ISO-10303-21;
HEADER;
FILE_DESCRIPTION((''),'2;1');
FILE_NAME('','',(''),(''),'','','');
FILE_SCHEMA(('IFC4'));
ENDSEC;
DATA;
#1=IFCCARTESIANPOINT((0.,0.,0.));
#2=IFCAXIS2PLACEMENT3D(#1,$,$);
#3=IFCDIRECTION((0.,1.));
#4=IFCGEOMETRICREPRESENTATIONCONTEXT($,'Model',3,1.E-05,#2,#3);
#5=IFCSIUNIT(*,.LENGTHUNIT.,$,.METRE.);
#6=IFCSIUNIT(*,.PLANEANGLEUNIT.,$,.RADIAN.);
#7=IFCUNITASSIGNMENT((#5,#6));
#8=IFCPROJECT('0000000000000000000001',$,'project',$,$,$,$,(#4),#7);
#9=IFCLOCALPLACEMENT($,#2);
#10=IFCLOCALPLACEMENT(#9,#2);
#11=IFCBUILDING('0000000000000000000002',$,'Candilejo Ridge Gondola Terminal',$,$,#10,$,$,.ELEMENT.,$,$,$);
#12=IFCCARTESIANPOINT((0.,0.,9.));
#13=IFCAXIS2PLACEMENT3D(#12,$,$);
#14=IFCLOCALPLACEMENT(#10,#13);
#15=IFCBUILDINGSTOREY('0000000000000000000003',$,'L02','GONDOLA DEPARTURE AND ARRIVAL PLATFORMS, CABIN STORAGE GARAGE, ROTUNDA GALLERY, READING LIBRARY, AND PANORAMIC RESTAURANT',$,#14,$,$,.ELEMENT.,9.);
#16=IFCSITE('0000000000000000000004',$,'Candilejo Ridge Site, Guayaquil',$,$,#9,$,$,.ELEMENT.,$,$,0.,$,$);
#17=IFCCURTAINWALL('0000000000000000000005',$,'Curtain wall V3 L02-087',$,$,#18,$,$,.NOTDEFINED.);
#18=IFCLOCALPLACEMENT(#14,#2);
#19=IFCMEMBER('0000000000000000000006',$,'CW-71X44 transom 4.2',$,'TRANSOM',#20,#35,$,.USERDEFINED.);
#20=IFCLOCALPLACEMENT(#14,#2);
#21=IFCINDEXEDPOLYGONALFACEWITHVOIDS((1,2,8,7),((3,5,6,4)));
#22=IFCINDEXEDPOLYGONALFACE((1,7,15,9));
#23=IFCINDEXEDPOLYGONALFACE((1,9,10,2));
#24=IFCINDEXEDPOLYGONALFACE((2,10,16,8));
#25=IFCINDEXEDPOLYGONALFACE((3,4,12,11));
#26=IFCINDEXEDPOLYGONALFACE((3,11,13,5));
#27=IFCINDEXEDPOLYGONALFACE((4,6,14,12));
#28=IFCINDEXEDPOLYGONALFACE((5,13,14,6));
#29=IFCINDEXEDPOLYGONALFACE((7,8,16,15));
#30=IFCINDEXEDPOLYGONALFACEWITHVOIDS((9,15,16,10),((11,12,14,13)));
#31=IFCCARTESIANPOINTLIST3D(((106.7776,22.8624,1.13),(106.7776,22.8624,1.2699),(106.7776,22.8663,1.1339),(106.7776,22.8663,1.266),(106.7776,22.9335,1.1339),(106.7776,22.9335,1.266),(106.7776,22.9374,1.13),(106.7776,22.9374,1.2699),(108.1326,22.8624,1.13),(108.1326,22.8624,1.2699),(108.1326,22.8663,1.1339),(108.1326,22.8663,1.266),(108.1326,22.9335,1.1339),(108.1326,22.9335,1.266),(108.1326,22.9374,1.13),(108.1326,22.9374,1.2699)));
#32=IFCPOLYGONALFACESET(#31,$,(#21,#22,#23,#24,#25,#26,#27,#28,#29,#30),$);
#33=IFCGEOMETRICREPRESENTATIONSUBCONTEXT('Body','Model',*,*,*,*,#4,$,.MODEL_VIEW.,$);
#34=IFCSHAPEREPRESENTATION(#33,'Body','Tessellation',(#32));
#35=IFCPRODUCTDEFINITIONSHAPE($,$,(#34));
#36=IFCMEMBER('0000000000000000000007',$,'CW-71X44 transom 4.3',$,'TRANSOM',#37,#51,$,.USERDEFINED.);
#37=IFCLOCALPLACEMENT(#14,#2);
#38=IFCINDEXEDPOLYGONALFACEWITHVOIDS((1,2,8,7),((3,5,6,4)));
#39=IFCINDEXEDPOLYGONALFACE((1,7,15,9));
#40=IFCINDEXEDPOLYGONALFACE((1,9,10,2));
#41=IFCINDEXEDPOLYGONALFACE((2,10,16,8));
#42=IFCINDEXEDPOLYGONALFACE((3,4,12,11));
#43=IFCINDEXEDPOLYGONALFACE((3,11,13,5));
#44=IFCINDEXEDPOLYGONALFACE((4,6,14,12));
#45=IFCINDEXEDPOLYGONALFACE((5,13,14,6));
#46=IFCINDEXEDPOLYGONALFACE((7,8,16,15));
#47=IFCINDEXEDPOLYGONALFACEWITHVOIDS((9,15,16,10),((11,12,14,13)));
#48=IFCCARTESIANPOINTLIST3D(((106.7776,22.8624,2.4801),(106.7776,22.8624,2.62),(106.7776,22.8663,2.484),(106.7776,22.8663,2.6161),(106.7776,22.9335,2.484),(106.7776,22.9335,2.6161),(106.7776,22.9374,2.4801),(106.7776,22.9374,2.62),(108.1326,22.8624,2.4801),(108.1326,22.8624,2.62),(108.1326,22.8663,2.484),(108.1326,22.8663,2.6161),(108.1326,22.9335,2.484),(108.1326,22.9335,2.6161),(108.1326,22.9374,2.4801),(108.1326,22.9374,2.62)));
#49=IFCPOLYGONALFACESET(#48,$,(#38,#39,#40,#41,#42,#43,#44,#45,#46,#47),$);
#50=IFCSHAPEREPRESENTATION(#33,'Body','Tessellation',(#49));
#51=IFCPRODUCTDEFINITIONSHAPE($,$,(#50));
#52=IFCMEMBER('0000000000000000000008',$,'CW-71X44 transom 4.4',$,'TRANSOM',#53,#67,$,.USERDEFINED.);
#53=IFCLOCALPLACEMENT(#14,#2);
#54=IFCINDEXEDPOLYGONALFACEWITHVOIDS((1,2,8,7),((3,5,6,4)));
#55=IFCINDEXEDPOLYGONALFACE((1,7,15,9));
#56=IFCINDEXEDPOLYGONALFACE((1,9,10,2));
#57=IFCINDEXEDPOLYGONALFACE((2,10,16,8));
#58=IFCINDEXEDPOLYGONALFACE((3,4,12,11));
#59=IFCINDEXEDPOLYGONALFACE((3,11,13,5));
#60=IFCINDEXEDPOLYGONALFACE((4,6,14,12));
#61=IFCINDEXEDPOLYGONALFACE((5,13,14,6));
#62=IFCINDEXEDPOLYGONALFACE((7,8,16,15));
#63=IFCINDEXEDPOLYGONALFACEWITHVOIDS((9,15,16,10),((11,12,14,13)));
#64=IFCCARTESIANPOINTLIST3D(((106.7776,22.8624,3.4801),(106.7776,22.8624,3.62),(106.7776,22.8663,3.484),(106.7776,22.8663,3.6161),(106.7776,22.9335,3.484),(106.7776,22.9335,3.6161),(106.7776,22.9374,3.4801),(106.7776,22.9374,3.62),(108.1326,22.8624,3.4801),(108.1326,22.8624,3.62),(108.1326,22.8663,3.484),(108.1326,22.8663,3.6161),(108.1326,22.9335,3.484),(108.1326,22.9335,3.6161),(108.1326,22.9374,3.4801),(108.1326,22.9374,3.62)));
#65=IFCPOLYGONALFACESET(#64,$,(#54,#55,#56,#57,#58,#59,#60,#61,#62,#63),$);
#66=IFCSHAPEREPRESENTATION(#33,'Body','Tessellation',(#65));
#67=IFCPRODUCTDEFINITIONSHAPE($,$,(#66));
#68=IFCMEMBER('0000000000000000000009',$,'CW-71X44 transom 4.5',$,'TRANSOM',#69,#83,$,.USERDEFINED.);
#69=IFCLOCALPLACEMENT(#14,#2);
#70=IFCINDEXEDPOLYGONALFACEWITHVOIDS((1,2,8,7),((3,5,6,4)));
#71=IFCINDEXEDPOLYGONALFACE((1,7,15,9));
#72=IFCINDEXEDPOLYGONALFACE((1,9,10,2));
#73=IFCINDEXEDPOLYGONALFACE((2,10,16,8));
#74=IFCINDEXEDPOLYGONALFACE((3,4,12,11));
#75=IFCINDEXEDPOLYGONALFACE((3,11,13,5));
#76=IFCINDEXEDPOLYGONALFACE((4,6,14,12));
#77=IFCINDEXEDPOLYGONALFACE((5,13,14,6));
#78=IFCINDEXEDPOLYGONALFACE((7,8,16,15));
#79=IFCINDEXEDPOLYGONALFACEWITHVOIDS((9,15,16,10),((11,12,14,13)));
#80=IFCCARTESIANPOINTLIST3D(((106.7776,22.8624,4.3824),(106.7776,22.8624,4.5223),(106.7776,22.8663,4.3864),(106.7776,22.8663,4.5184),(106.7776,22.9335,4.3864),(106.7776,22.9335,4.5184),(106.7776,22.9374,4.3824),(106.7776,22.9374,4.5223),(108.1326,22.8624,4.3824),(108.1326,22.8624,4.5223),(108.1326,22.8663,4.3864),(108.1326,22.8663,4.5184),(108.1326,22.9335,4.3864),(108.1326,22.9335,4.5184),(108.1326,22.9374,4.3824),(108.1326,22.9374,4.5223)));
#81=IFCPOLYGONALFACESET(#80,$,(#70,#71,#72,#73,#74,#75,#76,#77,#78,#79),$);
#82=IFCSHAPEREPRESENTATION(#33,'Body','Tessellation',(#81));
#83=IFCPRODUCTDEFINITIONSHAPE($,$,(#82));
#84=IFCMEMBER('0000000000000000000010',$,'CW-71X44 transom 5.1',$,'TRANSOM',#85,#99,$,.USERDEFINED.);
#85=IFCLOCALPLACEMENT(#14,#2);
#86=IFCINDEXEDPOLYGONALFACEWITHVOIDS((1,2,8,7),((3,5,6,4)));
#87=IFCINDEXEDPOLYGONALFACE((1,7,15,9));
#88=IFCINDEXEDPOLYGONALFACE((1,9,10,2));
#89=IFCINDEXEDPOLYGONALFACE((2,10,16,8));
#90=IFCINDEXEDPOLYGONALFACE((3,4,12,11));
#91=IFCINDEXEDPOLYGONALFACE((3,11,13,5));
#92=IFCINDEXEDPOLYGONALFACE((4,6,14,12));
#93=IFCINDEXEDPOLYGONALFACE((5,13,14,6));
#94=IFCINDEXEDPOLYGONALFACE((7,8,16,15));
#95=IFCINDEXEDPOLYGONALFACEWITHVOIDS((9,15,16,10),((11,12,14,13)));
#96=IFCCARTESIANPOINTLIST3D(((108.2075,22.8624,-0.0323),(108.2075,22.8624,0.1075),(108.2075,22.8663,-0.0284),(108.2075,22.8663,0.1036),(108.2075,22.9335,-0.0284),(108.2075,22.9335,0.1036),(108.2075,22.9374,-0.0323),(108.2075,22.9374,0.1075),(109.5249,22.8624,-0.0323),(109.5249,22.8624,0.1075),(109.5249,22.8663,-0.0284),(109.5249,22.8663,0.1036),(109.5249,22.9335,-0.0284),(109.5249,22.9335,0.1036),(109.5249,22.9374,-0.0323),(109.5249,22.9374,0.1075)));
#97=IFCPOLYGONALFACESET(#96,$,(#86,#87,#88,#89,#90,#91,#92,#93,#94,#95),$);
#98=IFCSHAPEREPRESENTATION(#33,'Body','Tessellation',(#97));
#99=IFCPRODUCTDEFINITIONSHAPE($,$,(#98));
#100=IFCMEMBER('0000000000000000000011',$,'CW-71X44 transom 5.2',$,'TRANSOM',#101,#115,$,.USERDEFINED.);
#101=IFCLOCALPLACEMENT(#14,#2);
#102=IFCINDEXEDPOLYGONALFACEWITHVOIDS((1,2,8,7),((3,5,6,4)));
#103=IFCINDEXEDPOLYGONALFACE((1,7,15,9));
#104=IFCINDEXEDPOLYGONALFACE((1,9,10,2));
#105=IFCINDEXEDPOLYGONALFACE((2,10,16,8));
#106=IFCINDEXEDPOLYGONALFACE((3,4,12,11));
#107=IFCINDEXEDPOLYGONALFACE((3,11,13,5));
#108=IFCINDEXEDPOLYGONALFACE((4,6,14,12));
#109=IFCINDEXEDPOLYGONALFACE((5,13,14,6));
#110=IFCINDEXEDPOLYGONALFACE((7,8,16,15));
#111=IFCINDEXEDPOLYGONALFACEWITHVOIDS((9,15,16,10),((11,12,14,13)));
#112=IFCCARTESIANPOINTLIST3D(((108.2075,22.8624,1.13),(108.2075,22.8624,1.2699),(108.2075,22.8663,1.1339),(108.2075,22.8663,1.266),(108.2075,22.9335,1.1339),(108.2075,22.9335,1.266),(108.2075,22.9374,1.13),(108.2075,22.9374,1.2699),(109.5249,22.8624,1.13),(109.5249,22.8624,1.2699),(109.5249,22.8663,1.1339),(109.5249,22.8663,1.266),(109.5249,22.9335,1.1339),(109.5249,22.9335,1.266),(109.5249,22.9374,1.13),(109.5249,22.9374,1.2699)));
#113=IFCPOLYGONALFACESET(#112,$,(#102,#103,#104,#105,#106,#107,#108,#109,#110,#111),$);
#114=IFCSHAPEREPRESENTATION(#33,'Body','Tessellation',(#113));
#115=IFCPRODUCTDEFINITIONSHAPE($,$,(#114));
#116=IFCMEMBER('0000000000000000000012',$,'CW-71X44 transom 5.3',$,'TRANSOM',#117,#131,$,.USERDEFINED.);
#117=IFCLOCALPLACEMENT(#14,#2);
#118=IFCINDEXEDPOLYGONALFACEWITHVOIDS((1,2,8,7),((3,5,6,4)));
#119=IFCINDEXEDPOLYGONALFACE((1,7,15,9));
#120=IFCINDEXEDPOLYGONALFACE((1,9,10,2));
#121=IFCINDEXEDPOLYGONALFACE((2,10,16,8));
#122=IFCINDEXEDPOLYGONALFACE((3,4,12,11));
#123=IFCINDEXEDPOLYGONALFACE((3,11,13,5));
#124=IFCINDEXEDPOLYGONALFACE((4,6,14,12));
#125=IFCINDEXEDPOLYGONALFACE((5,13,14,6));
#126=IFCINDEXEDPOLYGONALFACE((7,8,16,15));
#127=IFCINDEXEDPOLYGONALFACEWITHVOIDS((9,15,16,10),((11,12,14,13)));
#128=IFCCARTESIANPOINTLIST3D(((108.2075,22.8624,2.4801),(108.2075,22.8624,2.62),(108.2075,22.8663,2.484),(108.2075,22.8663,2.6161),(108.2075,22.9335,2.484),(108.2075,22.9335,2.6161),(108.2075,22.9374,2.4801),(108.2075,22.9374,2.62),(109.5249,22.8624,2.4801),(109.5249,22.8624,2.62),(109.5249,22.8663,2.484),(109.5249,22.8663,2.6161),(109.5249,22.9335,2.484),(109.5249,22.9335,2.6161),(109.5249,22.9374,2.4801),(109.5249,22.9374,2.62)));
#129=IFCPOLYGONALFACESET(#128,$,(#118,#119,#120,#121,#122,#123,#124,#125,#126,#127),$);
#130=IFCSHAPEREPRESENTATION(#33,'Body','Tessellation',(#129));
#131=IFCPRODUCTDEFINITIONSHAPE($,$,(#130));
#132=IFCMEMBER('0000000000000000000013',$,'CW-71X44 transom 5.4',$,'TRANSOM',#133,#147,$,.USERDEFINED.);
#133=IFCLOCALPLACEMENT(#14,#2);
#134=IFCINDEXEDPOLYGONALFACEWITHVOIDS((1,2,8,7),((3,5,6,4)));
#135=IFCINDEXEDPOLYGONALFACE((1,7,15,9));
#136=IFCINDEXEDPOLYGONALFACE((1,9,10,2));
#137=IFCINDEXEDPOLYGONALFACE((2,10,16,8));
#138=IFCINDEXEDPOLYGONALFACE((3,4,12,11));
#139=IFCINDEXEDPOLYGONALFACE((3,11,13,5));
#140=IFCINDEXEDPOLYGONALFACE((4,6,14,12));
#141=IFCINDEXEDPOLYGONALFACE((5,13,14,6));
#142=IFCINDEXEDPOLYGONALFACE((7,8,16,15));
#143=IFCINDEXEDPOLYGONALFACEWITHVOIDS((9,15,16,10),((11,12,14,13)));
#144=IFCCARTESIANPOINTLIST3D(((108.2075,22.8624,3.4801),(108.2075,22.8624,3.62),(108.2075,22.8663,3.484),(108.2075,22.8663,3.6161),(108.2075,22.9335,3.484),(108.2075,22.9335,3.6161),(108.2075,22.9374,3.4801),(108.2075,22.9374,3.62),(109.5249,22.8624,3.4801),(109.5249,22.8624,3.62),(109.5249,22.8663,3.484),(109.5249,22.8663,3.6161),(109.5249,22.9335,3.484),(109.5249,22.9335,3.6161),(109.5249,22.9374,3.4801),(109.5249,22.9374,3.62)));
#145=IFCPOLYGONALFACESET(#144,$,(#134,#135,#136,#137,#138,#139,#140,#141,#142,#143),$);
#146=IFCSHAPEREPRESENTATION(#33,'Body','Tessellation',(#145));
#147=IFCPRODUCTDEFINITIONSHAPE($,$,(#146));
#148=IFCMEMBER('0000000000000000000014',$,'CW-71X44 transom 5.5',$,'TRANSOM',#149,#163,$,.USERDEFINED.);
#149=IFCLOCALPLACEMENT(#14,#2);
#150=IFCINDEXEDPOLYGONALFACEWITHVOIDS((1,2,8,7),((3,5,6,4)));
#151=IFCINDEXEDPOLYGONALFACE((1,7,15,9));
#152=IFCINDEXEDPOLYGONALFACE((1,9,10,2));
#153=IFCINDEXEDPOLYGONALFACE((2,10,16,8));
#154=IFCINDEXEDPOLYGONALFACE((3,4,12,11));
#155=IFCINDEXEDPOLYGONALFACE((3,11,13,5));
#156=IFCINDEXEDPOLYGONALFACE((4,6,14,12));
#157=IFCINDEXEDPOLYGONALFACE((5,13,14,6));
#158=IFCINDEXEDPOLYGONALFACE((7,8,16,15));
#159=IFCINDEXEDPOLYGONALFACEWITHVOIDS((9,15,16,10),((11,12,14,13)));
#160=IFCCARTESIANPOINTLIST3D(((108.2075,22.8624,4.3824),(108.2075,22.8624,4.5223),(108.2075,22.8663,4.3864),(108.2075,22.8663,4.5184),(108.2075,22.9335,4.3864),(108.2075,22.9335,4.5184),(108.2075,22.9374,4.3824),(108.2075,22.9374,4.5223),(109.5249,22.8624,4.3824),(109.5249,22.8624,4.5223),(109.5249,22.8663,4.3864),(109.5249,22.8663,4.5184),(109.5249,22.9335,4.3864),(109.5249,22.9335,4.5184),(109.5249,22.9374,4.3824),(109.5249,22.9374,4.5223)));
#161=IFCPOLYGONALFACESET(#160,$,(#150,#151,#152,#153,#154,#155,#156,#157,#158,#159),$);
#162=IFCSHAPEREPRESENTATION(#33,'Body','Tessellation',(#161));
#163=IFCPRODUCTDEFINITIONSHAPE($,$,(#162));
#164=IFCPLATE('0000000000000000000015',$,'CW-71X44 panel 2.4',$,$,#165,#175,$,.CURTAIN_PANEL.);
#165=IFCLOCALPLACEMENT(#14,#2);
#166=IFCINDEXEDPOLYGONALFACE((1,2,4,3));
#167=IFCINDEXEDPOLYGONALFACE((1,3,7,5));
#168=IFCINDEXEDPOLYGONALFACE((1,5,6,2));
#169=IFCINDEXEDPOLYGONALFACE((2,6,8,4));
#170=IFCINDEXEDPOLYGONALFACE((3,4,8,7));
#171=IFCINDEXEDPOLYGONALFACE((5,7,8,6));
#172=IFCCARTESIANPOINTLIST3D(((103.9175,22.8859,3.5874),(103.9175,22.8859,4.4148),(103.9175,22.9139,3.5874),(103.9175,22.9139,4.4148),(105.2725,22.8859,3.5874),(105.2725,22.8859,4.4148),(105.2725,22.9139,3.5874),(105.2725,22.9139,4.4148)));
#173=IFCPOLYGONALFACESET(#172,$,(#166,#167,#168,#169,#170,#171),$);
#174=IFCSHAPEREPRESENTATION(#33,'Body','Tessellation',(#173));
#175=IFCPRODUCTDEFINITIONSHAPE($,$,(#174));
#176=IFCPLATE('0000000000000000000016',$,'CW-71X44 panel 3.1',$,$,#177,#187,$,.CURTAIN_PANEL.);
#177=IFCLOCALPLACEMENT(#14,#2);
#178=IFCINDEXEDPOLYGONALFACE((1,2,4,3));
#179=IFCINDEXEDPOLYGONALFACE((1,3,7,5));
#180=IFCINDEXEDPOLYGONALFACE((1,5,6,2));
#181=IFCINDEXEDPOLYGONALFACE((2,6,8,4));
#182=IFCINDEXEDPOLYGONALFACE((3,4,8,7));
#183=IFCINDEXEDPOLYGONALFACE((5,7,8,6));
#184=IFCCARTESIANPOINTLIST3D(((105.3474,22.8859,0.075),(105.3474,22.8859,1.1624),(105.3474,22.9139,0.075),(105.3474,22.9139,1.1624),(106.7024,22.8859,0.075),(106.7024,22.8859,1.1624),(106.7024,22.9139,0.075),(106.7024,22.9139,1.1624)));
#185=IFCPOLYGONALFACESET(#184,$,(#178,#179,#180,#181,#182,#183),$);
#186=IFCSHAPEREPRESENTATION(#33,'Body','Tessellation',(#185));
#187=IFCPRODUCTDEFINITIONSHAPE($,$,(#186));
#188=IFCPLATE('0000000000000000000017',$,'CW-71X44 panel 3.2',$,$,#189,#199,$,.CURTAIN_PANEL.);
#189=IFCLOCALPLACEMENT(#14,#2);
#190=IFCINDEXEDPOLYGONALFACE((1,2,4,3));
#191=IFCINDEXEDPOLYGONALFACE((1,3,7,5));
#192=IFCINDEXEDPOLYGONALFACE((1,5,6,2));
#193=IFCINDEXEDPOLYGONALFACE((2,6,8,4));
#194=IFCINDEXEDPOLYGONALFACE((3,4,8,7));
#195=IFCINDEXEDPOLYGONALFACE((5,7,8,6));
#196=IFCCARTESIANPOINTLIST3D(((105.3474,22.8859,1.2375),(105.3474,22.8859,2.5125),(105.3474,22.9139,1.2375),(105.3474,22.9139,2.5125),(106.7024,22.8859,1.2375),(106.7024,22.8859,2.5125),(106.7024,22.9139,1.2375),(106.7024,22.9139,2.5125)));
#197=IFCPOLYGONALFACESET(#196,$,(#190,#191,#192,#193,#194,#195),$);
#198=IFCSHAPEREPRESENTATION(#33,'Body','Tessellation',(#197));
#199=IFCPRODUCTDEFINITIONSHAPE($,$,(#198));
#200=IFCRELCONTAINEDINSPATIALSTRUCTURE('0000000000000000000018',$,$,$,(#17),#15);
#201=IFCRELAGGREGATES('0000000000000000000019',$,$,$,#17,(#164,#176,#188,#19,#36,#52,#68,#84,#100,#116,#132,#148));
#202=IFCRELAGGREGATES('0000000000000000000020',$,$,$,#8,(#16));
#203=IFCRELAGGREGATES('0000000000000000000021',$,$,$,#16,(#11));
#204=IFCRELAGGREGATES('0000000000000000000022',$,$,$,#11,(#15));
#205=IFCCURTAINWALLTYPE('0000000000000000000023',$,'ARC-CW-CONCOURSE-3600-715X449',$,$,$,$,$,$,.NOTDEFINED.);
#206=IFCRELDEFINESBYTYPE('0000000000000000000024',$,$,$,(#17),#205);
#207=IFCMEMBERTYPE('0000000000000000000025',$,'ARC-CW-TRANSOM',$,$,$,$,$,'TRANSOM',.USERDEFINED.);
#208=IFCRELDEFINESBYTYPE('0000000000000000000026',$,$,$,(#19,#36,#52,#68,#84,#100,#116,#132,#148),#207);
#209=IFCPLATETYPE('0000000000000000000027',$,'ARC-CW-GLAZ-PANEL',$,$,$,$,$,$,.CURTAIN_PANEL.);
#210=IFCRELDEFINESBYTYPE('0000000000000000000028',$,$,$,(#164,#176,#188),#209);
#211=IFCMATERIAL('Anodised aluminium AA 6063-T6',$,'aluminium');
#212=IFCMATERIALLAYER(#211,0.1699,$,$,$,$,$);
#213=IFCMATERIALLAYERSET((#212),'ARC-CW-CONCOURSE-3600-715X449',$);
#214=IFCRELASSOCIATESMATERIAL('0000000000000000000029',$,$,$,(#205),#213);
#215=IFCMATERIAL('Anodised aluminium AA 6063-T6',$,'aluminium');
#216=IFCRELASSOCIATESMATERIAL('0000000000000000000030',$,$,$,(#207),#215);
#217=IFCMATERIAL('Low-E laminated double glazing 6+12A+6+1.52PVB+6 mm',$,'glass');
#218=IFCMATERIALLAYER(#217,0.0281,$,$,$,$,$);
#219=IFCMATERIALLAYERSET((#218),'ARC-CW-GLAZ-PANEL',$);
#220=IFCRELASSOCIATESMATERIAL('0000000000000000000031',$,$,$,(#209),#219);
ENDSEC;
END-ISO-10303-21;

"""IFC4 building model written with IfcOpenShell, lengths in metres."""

from ifc_helpers import new_model, si_unit, direction, frame, origin, origin_2d, place, context, subcontext, project, spatial, rectangle, hollow_rectangle, extrude, material, layer, layer_set, material_profile, profile_set, type_object, element, aggregate, save


model = new_model("IFC4")

# Units and contexts
model_context = context("Model", 3, precision=1e-05, world=origin(), true_north=direction((0.0, 1.0)))
body_context = subcontext(model_context, "Body", "Model", "MODEL_VIEW")
ifc_project = project(units=[si_unit("LENGTHUNIT", "METRE"), si_unit("PLANEANGLEUNIT", "RADIAN")], contexts=[model_context])

# Site, building, storey
site_placement = place(None, origin())
site = spatial("IfcSite", under=ifc_project, at=site_placement, Name="Candilejo Ridge Site, Guayaquil", CompositionType="ELEMENT", RefElevation=0.0)
building_placement = place(site_placement, origin())
building = spatial("IfcBuilding", under=site, at=building_placement, Name="Candilejo Ridge Gondola Terminal", CompositionType="ELEMENT")
storey_placement = place(building_placement, frame((0.0, 0.0, 9.0)))
storey = spatial("IfcBuildingStorey", under=building, at=storey_placement, Name="L02", Description="GONDOLA DEPARTURE AND ARRIVAL PLATFORMS, CABIN STORAGE GARAGE, ROTUNDA GALLERY, READING LIBRARY, AND PANORAMIC RESTAURANT", CompositionType="ELEMENT", Elevation=9.0)

# Curtain wall, members, plates
ifc_material_1 = material(Name="Anodised aluminium AA 6063-T6", Category="aluminium")
ifc_layer_1 = layer(ifc_material_1, 0.1699)
ifc_layer_set_1 = layer_set([ifc_layer_1], Name="ARC-CW-CONCOURSE-3600-715X449")
curtain_wall_type = type_object("IfcCurtainWallType", Name="ARC-CW-CONCOURSE-3600-715X449", PredefinedType="NOTDEFINED", material=ifc_layer_set_1)
curtain_wall_placement = place(storey_placement, origin())
curtain_wall = element("IfcCurtainWall", 1, at=curtain_wall_placement, inside=storey, type_object=curtain_wall_type, Name="Curtain wall V3 L02-087", PredefinedType="NOTDEFINED")
ifc_material_2 = material(Name="Anodised aluminium AA 6063-T6", Category="aluminium")
ifc_material_profile_1 = material_profile(ifc_material_2, hollow_rectangle(XDim=0.075, YDim=0.1399, WallThickness=0.0039, at=origin_2d()))
ifc_profile_set_1 = profile_set([ifc_material_profile_1], Name="Anodised aluminium AA 6063-T6")
member_type_1 = type_object("IfcMemberType", Name="ARC-CW-TRANSOM", ElementType="TRANSOM", PredefinedType="USERDEFINED", material=ifc_profile_set_1)
member_1_placement = place(storey_placement, frame((106.7776, 22.8999, 1.2), z_axis=(1.0, 0.0, 0.0), x_axis=(0.0, 1.0, 0.0)))
member_1 = element("IfcMember", 2, at=member_1_placement, type_object=member_type_1, Name="CW-71X44 transom 4.2", ObjectType="TRANSOM", PredefinedType="USERDEFINED", context=body_context, shape_type="SweptSolid", body=[
    extrude(hollow_rectangle(XDim=0.075, YDim=0.1399, WallThickness=0.0039, at=origin_2d()), origin(), (0.0, 0.0, 1.0), 1.355),
])
member_2_placement = place(storey_placement, frame((106.7776, 22.8999, 2.55), z_axis=(1.0, 0.0, 0.0), x_axis=(0.0, 1.0, 0.0)))
member_2 = element("IfcMember", 3, at=member_2_placement, type_object=member_type_1, Name="CW-71X44 transom 4.3", ObjectType="TRANSOM", PredefinedType="USERDEFINED", context=body_context, shape_type="SweptSolid", body=[
    extrude(hollow_rectangle(XDim=0.075, YDim=0.1399, WallThickness=0.0039, at=origin_2d()), origin(), (0.0, 0.0, 1.0), 1.355),
])
member_3_placement = place(storey_placement, frame((106.7776, 22.8999, 3.55), z_axis=(1.0, 0.0, 0.0), x_axis=(0.0, 1.0, 0.0)))
member_3 = element("IfcMember", 4, at=member_3_placement, type_object=member_type_1, Name="CW-71X44 transom 4.4", ObjectType="TRANSOM", PredefinedType="USERDEFINED", context=body_context, shape_type="SweptSolid", body=[
    extrude(hollow_rectangle(XDim=0.075, YDim=0.1399, WallThickness=0.0039, at=origin_2d()), origin(), (0.0, 0.0, 1.0), 1.355),
])
member_4_placement = place(storey_placement, frame((106.7776, 22.8999, 4.4524), z_axis=(1.0, 0.0, 0.0), x_axis=(0.0, 1.0, 0.0)))
member_4 = element("IfcMember", 5, at=member_4_placement, type_object=member_type_1, Name="CW-71X44 transom 4.5", ObjectType="TRANSOM", PredefinedType="USERDEFINED", context=body_context, shape_type="SweptSolid", body=[
    extrude(hollow_rectangle(XDim=0.075, YDim=0.1399, WallThickness=0.0039, at=origin_2d()), origin(), (0.0, 0.0, 1.0), 1.355),
])
member_5_placement = place(storey_placement, frame((108.2075, 22.8999, 0.0376), z_axis=(1.0, 0.0, 0.0), x_axis=(0.0, 1.0, 0.0)))
member_5 = element("IfcMember", 6, at=member_5_placement, type_object=member_type_1, Name="CW-71X44 transom 5.1", ObjectType="TRANSOM", PredefinedType="USERDEFINED", context=body_context, shape_type="SweptSolid", body=[
    extrude(hollow_rectangle(XDim=0.075, YDim=0.1399, WallThickness=0.0039, at=origin_2d()), origin(), (0.0, 0.0, 1.0), 1.3174),
])
member_6_placement = place(storey_placement, frame((108.2075, 22.8999, 1.2), z_axis=(1.0, 0.0, 0.0), x_axis=(0.0, 1.0, 0.0)))
member_6 = element("IfcMember", 7, at=member_6_placement, type_object=member_type_1, Name="CW-71X44 transom 5.2", ObjectType="TRANSOM", PredefinedType="USERDEFINED", context=body_context, shape_type="SweptSolid", body=[
    extrude(hollow_rectangle(XDim=0.075, YDim=0.1399, WallThickness=0.0039, at=origin_2d()), origin(), (0.0, 0.0, 1.0), 1.3174),
])
member_7_placement = place(storey_placement, frame((108.2075, 22.8999, 2.55), z_axis=(1.0, 0.0, 0.0), x_axis=(0.0, 1.0, 0.0)))
member_7 = element("IfcMember", 8, at=member_7_placement, type_object=member_type_1, Name="CW-71X44 transom 5.3", ObjectType="TRANSOM", PredefinedType="USERDEFINED", context=body_context, shape_type="SweptSolid", body=[
    extrude(hollow_rectangle(XDim=0.075, YDim=0.1399, WallThickness=0.0039, at=origin_2d()), origin(), (0.0, 0.0, 1.0), 1.3174),
])
member_8_placement = place(storey_placement, frame((108.2075, 22.8999, 3.55), z_axis=(1.0, 0.0, 0.0), x_axis=(0.0, 1.0, 0.0)))
member_8 = element("IfcMember", 9, at=member_8_placement, type_object=member_type_1, Name="CW-71X44 transom 5.4", ObjectType="TRANSOM", PredefinedType="USERDEFINED", context=body_context, shape_type="SweptSolid", body=[
    extrude(hollow_rectangle(XDim=0.075, YDim=0.1399, WallThickness=0.0039, at=origin_2d()), origin(), (0.0, 0.0, 1.0), 1.3174),
])
member_9_placement = place(storey_placement, frame((108.2075, 22.8999, 4.4524), z_axis=(1.0, 0.0, 0.0), x_axis=(0.0, 1.0, 0.0)))
member_9 = element("IfcMember", 10, at=member_9_placement, type_object=member_type_1, Name="CW-71X44 transom 5.5", ObjectType="TRANSOM", PredefinedType="USERDEFINED", context=body_context, shape_type="SweptSolid", body=[
    extrude(hollow_rectangle(XDim=0.075, YDim=0.1399, WallThickness=0.0039, at=origin_2d()), origin(), (0.0, 0.0, 1.0), 1.3174),
])
ifc_material_3 = material(Name="Low-E laminated double glazing 6+12A+6+1.52PVB+6 mm", Category="glass")
ifc_layer_2 = layer(ifc_material_3, 0.0281)
ifc_layer_set_2 = layer_set([ifc_layer_2], Name="ARC-CW-GLAZ-PANEL")
plate_type_1 = type_object("IfcPlateType", Name="ARC-CW-GLAZ-PANEL", PredefinedType="CURTAIN_PANEL", material=ifc_layer_set_2)
plate_1_placement = place(storey_placement, frame((104.595, 22.8999, 3.5874), z_axis=(0.0, 0.0, 1.0), x_axis=(1.0, 0.0, 0.0)))
plate_1 = element("IfcPlate", 11, at=plate_1_placement, type_object=plate_type_1, Name="CW-71X44 panel 2.4", PredefinedType="CURTAIN_PANEL", context=body_context, shape_type="SweptSolid", body=[
    extrude(rectangle(XDim=1.355, YDim=0.0281, at=origin_2d()), origin(), (0.0, 0.0, 1.0), 0.8274),
])
plate_2_placement = place(storey_placement, frame((106.0249, 22.8999, 0.075), z_axis=(0.0, 0.0, 1.0), x_axis=(1.0, 0.0, 0.0)))
plate_2 = element("IfcPlate", 12, at=plate_2_placement, type_object=plate_type_1, Name="CW-71X44 panel 3.1", PredefinedType="CURTAIN_PANEL", context=body_context, shape_type="SweptSolid", body=[
    extrude(rectangle(XDim=1.355, YDim=0.0281, at=origin_2d()), origin(), (0.0, 0.0, 1.0), 1.0874),
])
plate_3_placement = place(storey_placement, frame((106.0249, 22.8999, 1.2375), z_axis=(0.0, 0.0, 1.0), x_axis=(1.0, 0.0, 0.0)))
plate_3 = element("IfcPlate", 13, at=plate_3_placement, type_object=plate_type_1, Name="CW-71X44 panel 3.2", PredefinedType="CURTAIN_PANEL", context=body_context, shape_type="SweptSolid", body=[
    extrude(rectangle(XDim=1.355, YDim=0.0281, at=origin_2d()), origin(), (0.0, 0.0, 1.0), 1.2749),
])
aggregate(curtain_wall, [plate_1, plate_2, plate_3, member_1, member_2, member_3, member_4, member_5, member_6, member_7, member_8, member_9])

save(model, "model.ifc")
